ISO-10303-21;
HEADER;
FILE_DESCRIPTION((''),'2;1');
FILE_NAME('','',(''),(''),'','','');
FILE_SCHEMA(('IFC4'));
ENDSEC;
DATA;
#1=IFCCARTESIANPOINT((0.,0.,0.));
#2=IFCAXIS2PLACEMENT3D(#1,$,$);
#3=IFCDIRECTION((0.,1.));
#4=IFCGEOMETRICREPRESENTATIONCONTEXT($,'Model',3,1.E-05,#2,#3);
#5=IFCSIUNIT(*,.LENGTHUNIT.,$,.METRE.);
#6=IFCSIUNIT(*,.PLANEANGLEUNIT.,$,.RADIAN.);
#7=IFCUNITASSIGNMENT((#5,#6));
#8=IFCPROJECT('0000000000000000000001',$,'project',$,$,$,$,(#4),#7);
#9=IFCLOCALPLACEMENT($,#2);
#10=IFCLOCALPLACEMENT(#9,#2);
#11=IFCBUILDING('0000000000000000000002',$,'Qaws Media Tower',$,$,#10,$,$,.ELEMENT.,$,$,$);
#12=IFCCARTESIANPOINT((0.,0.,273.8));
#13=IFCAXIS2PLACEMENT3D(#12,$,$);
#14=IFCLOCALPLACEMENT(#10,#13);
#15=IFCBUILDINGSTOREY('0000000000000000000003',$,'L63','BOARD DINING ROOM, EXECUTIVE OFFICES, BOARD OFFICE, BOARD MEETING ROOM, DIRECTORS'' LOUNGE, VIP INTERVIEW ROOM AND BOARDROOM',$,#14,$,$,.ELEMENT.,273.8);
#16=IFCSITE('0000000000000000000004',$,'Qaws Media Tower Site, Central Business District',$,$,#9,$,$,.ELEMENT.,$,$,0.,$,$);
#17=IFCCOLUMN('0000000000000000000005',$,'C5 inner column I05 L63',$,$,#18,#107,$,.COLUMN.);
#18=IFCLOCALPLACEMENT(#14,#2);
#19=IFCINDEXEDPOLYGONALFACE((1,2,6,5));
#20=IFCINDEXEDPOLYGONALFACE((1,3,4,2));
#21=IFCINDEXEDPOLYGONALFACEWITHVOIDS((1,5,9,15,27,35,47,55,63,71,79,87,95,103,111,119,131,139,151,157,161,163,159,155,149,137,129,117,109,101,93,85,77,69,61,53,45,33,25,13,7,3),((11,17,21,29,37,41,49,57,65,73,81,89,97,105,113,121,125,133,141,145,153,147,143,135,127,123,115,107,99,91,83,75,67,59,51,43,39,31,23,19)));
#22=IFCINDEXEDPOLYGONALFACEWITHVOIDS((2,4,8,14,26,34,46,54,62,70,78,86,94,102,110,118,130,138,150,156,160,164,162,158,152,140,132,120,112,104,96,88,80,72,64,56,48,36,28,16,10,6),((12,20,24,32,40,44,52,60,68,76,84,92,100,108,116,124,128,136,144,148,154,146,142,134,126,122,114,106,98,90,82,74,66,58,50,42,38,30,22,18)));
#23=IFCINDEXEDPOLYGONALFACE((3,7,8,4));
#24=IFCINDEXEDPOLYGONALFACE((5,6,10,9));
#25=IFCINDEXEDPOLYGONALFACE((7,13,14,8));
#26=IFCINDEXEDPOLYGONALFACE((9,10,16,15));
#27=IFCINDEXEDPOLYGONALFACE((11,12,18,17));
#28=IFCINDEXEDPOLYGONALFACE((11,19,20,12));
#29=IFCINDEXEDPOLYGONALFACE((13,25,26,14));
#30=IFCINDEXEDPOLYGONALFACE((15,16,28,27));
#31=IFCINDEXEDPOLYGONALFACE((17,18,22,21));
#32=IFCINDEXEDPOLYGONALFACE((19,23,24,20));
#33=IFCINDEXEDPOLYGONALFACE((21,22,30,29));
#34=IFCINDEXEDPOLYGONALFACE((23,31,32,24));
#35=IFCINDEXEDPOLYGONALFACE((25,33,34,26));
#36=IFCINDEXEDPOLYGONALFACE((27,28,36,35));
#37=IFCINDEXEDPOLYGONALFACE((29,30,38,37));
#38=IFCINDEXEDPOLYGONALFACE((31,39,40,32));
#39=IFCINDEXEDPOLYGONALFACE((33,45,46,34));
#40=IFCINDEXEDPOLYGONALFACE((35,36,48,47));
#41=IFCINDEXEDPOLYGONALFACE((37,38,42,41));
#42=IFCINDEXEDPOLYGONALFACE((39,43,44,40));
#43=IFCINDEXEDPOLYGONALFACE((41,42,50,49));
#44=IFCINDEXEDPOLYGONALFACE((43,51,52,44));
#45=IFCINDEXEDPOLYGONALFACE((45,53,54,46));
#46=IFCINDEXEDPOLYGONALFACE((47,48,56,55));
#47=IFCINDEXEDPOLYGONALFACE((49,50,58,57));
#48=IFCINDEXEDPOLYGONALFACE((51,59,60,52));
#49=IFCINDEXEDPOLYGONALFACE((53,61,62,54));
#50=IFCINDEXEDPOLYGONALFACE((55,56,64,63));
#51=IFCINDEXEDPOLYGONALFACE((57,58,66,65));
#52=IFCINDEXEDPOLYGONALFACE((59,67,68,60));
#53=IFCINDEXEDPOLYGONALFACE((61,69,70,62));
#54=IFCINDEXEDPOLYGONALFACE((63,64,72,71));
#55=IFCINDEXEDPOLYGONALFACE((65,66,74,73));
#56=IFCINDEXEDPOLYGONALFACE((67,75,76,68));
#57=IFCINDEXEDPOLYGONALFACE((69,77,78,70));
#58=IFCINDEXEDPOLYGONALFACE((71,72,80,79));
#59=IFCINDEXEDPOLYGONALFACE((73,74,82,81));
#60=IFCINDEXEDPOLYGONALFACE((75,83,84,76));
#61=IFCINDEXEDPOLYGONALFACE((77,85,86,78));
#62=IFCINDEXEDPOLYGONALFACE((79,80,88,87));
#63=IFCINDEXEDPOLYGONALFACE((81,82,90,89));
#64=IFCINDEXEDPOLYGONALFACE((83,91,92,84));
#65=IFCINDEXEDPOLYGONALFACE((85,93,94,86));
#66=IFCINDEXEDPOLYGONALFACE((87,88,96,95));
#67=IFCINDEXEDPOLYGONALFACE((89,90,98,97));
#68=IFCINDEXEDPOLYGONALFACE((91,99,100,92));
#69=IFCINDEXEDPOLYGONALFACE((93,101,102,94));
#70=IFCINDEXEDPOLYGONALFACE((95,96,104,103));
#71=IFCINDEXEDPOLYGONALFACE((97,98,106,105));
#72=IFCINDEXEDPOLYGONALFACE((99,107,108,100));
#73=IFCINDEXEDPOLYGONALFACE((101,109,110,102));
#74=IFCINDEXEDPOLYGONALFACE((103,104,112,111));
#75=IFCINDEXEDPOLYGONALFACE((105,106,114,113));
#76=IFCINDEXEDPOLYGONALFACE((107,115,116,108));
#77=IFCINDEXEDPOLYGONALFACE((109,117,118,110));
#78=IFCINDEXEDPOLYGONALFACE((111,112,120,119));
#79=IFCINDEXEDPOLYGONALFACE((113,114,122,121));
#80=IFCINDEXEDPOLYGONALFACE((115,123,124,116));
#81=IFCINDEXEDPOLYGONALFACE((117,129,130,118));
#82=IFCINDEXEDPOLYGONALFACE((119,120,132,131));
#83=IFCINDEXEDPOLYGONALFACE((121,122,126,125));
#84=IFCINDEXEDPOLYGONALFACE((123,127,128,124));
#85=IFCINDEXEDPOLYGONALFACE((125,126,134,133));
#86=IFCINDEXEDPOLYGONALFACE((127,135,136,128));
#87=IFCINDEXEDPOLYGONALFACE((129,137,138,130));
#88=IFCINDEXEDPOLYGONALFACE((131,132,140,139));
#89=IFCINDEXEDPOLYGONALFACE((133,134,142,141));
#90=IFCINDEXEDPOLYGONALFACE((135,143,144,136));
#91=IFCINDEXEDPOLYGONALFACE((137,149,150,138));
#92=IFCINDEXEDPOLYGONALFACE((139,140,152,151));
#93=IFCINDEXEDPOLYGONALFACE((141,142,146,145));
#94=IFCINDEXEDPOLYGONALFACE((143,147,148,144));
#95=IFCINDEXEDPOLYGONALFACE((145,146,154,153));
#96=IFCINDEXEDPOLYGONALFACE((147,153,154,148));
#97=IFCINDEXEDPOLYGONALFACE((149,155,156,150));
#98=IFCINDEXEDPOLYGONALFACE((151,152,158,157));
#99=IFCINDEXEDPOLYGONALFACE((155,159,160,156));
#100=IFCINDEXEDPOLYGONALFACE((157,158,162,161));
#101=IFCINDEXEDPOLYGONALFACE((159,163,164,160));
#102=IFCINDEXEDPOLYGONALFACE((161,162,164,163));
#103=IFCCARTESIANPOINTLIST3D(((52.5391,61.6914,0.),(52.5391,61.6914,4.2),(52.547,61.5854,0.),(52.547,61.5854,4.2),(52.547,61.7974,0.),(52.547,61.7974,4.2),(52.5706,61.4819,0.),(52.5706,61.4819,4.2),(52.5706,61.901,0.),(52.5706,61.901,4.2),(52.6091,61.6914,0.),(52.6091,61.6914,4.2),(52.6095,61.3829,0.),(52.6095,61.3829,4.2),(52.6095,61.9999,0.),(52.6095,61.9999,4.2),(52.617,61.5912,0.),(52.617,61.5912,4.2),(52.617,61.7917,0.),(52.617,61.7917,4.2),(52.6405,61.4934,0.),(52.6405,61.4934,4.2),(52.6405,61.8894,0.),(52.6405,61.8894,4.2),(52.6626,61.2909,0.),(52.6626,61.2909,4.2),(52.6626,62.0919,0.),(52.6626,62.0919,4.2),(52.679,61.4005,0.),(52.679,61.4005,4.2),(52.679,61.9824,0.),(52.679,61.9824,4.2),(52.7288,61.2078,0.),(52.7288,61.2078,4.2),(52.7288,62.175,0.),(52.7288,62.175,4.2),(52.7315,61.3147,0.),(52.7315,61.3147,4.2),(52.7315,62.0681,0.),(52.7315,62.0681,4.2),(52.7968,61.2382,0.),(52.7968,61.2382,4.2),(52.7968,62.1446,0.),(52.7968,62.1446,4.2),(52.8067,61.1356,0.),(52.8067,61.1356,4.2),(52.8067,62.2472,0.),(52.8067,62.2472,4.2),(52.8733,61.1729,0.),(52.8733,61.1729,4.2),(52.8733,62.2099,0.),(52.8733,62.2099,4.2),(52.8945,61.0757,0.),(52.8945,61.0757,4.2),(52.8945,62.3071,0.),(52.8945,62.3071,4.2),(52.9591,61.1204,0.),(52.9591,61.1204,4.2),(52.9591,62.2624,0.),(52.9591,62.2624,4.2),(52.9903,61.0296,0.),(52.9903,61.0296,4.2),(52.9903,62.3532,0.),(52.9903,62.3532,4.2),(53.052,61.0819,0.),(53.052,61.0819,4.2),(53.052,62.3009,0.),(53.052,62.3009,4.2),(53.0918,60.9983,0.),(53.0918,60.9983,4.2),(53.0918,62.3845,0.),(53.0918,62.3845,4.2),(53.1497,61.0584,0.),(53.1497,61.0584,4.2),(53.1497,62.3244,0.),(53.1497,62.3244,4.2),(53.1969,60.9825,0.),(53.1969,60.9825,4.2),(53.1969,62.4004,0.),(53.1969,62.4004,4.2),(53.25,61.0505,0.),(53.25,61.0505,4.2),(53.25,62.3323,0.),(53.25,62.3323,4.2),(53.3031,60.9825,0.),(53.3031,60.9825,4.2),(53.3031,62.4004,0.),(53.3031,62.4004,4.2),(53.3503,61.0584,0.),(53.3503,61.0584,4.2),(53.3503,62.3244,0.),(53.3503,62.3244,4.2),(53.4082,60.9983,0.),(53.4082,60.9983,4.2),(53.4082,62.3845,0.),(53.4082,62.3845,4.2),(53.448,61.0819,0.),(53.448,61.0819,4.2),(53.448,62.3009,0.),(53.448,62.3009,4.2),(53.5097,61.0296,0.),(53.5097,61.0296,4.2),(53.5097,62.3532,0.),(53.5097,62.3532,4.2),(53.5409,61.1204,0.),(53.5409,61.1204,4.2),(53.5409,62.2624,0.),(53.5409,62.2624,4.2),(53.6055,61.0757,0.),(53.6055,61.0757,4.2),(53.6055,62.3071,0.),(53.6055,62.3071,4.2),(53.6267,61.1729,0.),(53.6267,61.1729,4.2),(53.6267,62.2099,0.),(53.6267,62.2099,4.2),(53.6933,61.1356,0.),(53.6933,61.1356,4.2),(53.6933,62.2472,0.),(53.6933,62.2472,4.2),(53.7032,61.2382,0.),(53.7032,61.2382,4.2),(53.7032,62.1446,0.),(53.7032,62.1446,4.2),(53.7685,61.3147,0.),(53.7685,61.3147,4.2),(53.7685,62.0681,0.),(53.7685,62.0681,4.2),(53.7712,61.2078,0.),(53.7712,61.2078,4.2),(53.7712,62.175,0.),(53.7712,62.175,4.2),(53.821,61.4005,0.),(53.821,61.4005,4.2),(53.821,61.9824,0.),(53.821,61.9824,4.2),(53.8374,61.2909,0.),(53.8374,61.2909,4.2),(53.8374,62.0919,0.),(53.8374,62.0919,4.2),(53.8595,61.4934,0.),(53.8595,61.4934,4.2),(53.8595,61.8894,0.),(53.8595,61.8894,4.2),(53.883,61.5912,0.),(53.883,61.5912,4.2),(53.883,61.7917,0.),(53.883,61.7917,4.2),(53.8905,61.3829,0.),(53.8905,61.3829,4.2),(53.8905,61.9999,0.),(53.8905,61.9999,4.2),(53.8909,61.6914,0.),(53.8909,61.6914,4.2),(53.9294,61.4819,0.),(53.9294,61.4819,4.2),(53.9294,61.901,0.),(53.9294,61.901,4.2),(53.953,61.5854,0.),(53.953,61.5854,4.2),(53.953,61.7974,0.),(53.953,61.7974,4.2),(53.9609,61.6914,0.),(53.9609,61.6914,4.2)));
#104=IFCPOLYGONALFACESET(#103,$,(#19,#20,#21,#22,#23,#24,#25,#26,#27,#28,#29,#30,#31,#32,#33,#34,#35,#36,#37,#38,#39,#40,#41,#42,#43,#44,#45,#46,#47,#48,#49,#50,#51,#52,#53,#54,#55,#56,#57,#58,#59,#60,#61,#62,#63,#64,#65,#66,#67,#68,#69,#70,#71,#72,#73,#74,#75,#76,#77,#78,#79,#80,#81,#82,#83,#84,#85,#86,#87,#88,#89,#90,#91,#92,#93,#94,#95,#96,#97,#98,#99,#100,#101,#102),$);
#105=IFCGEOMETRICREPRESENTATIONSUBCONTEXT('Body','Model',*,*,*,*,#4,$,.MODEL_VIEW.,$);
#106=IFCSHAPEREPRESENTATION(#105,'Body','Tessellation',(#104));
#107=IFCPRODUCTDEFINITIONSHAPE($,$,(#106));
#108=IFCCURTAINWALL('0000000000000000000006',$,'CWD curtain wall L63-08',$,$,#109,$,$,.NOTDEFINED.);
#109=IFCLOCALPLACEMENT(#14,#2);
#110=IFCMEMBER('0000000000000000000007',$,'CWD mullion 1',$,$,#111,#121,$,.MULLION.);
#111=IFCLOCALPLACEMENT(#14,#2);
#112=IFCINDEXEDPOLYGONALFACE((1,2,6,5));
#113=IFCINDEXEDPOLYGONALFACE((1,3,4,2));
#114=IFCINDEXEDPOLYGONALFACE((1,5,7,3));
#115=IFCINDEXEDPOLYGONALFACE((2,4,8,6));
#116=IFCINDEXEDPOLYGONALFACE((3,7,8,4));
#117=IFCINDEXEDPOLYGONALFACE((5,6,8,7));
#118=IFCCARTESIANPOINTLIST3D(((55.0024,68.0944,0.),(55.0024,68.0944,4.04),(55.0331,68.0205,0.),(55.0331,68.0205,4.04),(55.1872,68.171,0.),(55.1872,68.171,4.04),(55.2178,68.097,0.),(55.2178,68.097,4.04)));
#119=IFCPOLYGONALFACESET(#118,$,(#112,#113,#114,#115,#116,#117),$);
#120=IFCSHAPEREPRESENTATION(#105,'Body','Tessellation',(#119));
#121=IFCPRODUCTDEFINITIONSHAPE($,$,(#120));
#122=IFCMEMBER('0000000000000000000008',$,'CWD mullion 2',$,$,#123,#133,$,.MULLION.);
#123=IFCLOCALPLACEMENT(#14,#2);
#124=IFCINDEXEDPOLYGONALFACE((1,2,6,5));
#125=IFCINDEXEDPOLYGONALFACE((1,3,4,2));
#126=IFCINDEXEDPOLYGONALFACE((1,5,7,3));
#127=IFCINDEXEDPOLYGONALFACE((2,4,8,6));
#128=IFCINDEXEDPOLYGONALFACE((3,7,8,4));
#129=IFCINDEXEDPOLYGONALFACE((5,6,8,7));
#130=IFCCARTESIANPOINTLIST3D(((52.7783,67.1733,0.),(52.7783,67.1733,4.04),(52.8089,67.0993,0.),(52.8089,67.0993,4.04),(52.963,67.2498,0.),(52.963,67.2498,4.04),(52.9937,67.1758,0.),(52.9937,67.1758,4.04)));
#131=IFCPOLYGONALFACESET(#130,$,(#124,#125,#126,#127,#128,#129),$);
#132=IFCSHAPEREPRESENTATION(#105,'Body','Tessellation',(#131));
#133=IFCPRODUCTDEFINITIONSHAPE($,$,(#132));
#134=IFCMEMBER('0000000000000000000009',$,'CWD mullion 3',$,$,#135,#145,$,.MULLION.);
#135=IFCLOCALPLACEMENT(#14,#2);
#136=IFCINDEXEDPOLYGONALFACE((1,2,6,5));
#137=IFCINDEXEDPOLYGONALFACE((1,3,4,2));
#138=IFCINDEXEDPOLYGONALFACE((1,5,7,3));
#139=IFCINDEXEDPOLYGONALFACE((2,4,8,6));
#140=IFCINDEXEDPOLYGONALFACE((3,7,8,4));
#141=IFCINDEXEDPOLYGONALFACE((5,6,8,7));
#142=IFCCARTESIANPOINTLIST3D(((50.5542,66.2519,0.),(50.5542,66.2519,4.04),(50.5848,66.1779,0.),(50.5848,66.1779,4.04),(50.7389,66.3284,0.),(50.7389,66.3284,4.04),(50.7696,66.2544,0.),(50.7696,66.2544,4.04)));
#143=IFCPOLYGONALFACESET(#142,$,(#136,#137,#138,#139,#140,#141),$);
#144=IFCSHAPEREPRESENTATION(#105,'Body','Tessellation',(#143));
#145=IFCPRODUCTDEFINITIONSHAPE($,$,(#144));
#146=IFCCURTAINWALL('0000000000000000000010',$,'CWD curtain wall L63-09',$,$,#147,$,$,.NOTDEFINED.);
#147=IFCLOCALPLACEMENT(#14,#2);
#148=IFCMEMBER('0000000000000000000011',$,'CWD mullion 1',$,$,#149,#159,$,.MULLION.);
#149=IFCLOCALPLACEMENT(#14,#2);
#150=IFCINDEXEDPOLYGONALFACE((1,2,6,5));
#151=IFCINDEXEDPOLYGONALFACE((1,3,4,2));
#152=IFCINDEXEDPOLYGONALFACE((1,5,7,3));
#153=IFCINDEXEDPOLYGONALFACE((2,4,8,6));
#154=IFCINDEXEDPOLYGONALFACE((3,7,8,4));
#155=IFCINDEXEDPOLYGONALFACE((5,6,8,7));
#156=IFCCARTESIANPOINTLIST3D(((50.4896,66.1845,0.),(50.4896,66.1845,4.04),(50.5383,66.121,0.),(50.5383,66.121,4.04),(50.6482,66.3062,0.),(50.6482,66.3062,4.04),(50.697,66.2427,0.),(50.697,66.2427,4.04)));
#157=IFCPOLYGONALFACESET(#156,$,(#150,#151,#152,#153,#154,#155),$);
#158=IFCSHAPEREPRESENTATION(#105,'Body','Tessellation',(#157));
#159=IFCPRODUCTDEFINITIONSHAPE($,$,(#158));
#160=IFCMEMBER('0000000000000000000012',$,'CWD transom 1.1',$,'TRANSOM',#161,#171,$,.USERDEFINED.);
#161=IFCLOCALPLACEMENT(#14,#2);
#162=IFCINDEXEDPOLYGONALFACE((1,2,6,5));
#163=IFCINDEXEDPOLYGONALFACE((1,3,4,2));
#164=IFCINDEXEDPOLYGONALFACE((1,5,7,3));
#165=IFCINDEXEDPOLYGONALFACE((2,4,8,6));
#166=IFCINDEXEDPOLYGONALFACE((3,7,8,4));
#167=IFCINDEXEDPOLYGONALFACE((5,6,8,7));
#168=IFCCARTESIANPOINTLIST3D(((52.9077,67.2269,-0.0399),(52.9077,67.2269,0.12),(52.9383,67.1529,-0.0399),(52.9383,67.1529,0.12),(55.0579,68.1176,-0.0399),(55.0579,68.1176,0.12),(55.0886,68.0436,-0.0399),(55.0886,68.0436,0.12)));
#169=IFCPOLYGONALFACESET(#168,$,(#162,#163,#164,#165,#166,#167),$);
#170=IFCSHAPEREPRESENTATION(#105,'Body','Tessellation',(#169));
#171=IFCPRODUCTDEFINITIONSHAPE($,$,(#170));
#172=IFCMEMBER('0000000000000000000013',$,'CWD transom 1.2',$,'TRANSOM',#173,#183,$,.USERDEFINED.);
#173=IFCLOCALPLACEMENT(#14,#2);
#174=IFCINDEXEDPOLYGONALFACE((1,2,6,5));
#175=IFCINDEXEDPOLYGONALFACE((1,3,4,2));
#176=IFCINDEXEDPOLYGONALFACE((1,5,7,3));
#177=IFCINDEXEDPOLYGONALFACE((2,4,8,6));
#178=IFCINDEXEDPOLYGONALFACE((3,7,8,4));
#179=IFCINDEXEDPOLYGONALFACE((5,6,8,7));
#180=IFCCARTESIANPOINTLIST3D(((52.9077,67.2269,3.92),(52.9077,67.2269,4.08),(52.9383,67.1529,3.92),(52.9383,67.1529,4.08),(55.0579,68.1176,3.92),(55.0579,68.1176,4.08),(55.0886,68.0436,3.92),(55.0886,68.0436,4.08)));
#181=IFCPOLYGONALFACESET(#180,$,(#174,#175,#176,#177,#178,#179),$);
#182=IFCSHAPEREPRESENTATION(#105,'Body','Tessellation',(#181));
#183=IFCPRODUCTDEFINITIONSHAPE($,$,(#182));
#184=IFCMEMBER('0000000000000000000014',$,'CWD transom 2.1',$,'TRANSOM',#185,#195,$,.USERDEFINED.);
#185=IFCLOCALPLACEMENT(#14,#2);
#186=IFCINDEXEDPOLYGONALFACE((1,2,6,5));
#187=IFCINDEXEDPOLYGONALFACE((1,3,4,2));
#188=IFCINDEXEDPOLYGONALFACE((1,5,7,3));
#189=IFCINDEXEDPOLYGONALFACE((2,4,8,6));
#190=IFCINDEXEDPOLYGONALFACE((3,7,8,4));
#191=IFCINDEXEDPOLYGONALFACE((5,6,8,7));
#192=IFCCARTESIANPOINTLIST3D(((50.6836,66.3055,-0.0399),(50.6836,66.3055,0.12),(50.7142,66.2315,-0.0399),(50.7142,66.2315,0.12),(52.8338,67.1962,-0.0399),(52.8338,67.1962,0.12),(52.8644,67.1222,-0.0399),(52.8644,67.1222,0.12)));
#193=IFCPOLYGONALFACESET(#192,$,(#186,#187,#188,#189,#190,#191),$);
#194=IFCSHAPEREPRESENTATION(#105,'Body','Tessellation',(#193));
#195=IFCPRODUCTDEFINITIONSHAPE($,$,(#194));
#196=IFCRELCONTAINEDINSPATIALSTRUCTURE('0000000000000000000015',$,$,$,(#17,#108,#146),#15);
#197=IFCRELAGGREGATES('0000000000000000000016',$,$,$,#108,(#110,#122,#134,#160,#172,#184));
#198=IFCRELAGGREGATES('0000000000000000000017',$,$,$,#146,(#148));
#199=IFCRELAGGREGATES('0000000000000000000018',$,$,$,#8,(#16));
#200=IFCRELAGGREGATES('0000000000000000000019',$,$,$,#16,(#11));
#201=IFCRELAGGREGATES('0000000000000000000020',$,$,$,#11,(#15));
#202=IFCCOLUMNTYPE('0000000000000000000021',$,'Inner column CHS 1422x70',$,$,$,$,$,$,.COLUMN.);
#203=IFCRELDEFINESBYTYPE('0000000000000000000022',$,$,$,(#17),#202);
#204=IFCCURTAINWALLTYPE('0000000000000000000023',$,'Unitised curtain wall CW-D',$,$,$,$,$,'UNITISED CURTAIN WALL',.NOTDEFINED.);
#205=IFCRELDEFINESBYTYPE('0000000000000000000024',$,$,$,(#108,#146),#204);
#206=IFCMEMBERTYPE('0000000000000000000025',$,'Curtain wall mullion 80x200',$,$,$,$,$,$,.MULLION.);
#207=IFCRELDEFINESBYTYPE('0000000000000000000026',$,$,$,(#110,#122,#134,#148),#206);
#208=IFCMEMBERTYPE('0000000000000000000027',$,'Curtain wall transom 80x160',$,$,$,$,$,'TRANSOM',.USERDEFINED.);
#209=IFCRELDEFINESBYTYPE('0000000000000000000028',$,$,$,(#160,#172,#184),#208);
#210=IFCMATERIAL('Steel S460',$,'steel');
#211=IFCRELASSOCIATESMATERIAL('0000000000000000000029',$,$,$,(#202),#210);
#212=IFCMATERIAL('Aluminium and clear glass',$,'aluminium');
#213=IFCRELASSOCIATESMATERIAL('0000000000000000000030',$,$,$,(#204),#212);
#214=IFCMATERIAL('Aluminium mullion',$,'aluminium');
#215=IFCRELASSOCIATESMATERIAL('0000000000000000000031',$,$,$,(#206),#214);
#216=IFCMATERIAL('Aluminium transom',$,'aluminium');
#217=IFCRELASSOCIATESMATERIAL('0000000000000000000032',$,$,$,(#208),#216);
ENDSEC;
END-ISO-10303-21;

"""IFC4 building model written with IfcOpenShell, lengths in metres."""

from ifc_helpers import new_model, si_unit, direction, frame, origin, origin_2d, place, context, subcontext, project, spatial, rectangle, hollow_circle, extrude, material, material_profile, profile_set, type_object, element, aggregate, save


model = new_model("IFC4")

# Units and contexts
model_context = context("Model", 3, precision=1e-05, world=origin(), true_north=direction((0.0, 1.0)))
body_context = subcontext(model_context, "Body", "Model", "MODEL_VIEW")
ifc_project = project(units=[si_unit("LENGTHUNIT", "METRE"), si_unit("PLANEANGLEUNIT", "RADIAN")], contexts=[model_context])

# Site, building, storey
site_placement = place(None, origin())
site = spatial("IfcSite", under=ifc_project, at=site_placement, Name="Qaws Media Tower Site, Central Business District", CompositionType="ELEMENT", RefElevation=0.0)
building_placement = place(site_placement, origin())
building = spatial("IfcBuilding", under=site, at=building_placement, Name="Qaws Media Tower", CompositionType="ELEMENT")
storey_placement = place(building_placement, frame((0.0, 0.0, 273.8)))
storey = spatial("IfcBuildingStorey", under=building, at=storey_placement, Name="L63", Description="BOARD DINING ROOM, EXECUTIVE OFFICES, BOARD OFFICE, BOARD MEETING ROOM, DIRECTORS' LOUNGE, VIP INTERVIEW ROOM AND BOARDROOM", CompositionType="ELEMENT", Elevation=273.8)

# Column
ifc_material_1 = material(Name="Steel S460", Category="steel")
ifc_material_profile_1 = material_profile(ifc_material_1, hollow_circle(Radius=0.7109, WallThickness=0.0701, at=origin_2d()), Name="CHS 1422x70")
ifc_profile_set_1 = profile_set([ifc_material_profile_1], Name="Steel S460")
column_type = type_object("IfcColumnType", Name="Inner column CHS 1422x70", PredefinedType="COLUMN", material=ifc_profile_set_1)
column_placement = place(storey_placement, frame((53.25, 61.6914, 0.0), z_axis=(0.0, 0.0, 1.0), x_axis=(1.0, 0.0, 0.0)))
element("IfcColumn", 1, at=column_placement, inside=storey, type_object=column_type, Name="C5 inner column I05 L63", PredefinedType="COLUMN", context=body_context, shape_type="SweptSolid", body=[
    extrude(hollow_circle(Radius=0.7109, WallThickness=0.0701, at=origin_2d()), origin(), (0.0, 0.0, 1.0), 4.2),
])

# Curtain wall, members
ifc_material_2 = material(Name="Aluminium and clear glass", Category="aluminium")
curtain_wall_type = type_object("IfcCurtainWallType", Name="Unitised curtain wall CW-D", ElementType="UNITISED CURTAIN WALL", PredefinedType="NOTDEFINED", material=ifc_material_2)
curtain_wall_1_placement = place(storey_placement, origin())
curtain_wall_1 = element("IfcCurtainWall", 2, at=curtain_wall_1_placement, inside=storey, type_object=curtain_wall_type, Name="CWD curtain wall L63-08", PredefinedType="NOTDEFINED")
ifc_material_3 = material(Name="Aluminium mullion", Category="aluminium")
ifc_material_profile_2 = material_profile(ifc_material_3, rectangle(XDim=0.0801, YDim=0.2, at=origin_2d()), Name="80x200")
ifc_profile_set_2 = profile_set([ifc_material_profile_2], Name="Aluminium mullion")
member_type_1 = type_object("IfcMemberType", Name="Curtain wall mullion 80x200", PredefinedType="MULLION", material=ifc_profile_set_2)
member_1_placement = place(storey_placement, frame((55.1101, 68.0957, 0.0), z_axis=(0.0, 0.0, 1.0), x_axis=(0.382683, -0.92388, 0.0)))
member_1 = element("IfcMember", 3, at=member_1_placement, type_object=member_type_1, Name="CWD mullion 1", PredefinedType="MULLION", context=body_context, shape_type="SweptSolid", body=[
    extrude(rectangle(XDim=0.0801, YDim=0.2, at=origin_2d()), origin(), (0.0, 0.0, 1.0), 4.04),
])
member_2_placement = place(storey_placement, frame((52.886, 67.1746, 0.0), z_axis=(0.0, 0.0, 1.0), x_axis=(0.382683, -0.92388, 0.0)))
member_2 = element("IfcMember", 4, at=member_2_placement, type_object=member_type_1, Name="CWD mullion 2", PredefinedType="MULLION", context=body_context, shape_type="SweptSolid", body=[
    extrude(rectangle(XDim=0.0801, YDim=0.2, at=origin_2d()), origin(), (0.0, 0.0, 1.0), 4.04),
])
member_3_placement = place(storey_placement, frame((50.6619, 66.2532, 0.0), z_axis=(0.0, 0.0, 1.0), x_axis=(0.382683, -0.92388, 0.0)))
member_3 = element("IfcMember", 5, at=member_3_placement, type_object=member_type_1, Name="CWD mullion 3", PredefinedType="MULLION", context=body_context, shape_type="SweptSolid", body=[
    extrude(rectangle(XDim=0.0801, YDim=0.2, at=origin_2d()), origin(), (0.0, 0.0, 1.0), 4.04),
])

# Curtain wall, member
curtain_wall_2_placement = place(storey_placement, origin())
curtain_wall_2 = element("IfcCurtainWall", 6, at=curtain_wall_2_placement, inside=storey, type_object=curtain_wall_type, Name="CWD curtain wall L63-09", PredefinedType="NOTDEFINED")
member_4_placement = place(storey_placement, frame((50.5933, 66.2136, 0.0), z_axis=(0.0, 0.0, 1.0), x_axis=(0.608761, -0.793353, 0.0)))
member_4 = element("IfcMember", 7, at=member_4_placement, type_object=member_type_1, Name="CWD mullion 1", PredefinedType="MULLION", context=body_context, shape_type="SweptSolid", body=[
    extrude(rectangle(XDim=0.0801, YDim=0.2, at=origin_2d()), origin(), (0.0, 0.0, 1.0), 4.04),
])

# Members
ifc_material_4 = material(Name="Aluminium transom", Category="aluminium")
ifc_material_profile_3 = material_profile(ifc_material_4, rectangle(XDim=0.0801, YDim=0.1599, at=origin_2d()), Name="80x160")
ifc_profile_set_3 = profile_set([ifc_material_profile_3], Name="Aluminium transom")
member_type_2 = type_object("IfcMemberType", Name="Curtain wall transom 80x160", ElementType="TRANSOM", PredefinedType="USERDEFINED", material=ifc_profile_set_3)
member_5_placement = place(storey_placement, frame((55.0732, 68.0806, 0.04), z_axis=(-0.923879, -0.382685, 0.0), x_axis=(0.382685, -0.923879, 0.0)))
member_5 = element("IfcMember", 8, at=member_5_placement, type_object=member_type_2, Name="CWD transom 1.1", ObjectType="TRANSOM", PredefinedType="USERDEFINED", context=body_context, shape_type="SweptSolid", body=[
    extrude(rectangle(XDim=0.0801, YDim=0.1599, at=origin_2d()), origin(), (0.0, 0.0, 1.0), 2.3274),
])
member_6_placement = place(storey_placement, frame((55.0732, 68.0806, 4.0), z_axis=(-0.923879, -0.382685, 0.0), x_axis=(0.382685, -0.923879, 0.0)))
member_6 = element("IfcMember", 9, at=member_6_placement, type_object=member_type_2, Name="CWD transom 1.2", ObjectType="TRANSOM", PredefinedType="USERDEFINED", context=body_context, shape_type="SweptSolid", body=[
    extrude(rectangle(XDim=0.0801, YDim=0.1599, at=origin_2d()), origin(), (0.0, 0.0, 1.0), 2.3274),
])
member_7_placement = place(storey_placement, frame((52.8491, 67.1592, 0.04), z_axis=(-0.923879, -0.382685, 0.0), x_axis=(0.382685, -0.923879, 0.0)))
member_7 = element("IfcMember", 10, at=member_7_placement, type_object=member_type_2, Name="CWD transom 2.1", ObjectType="TRANSOM", PredefinedType="USERDEFINED", context=body_context, shape_type="SweptSolid", body=[
    extrude(rectangle(XDim=0.0801, YDim=0.1599, at=origin_2d()), origin(), (0.0, 0.0, 1.0), 2.3274),
])

aggregate(curtain_wall_1, [member_1, member_2, member_3, member_5, member_6, member_7])
aggregate(curtain_wall_2, [member_4])

save(model, "model.ifc")
